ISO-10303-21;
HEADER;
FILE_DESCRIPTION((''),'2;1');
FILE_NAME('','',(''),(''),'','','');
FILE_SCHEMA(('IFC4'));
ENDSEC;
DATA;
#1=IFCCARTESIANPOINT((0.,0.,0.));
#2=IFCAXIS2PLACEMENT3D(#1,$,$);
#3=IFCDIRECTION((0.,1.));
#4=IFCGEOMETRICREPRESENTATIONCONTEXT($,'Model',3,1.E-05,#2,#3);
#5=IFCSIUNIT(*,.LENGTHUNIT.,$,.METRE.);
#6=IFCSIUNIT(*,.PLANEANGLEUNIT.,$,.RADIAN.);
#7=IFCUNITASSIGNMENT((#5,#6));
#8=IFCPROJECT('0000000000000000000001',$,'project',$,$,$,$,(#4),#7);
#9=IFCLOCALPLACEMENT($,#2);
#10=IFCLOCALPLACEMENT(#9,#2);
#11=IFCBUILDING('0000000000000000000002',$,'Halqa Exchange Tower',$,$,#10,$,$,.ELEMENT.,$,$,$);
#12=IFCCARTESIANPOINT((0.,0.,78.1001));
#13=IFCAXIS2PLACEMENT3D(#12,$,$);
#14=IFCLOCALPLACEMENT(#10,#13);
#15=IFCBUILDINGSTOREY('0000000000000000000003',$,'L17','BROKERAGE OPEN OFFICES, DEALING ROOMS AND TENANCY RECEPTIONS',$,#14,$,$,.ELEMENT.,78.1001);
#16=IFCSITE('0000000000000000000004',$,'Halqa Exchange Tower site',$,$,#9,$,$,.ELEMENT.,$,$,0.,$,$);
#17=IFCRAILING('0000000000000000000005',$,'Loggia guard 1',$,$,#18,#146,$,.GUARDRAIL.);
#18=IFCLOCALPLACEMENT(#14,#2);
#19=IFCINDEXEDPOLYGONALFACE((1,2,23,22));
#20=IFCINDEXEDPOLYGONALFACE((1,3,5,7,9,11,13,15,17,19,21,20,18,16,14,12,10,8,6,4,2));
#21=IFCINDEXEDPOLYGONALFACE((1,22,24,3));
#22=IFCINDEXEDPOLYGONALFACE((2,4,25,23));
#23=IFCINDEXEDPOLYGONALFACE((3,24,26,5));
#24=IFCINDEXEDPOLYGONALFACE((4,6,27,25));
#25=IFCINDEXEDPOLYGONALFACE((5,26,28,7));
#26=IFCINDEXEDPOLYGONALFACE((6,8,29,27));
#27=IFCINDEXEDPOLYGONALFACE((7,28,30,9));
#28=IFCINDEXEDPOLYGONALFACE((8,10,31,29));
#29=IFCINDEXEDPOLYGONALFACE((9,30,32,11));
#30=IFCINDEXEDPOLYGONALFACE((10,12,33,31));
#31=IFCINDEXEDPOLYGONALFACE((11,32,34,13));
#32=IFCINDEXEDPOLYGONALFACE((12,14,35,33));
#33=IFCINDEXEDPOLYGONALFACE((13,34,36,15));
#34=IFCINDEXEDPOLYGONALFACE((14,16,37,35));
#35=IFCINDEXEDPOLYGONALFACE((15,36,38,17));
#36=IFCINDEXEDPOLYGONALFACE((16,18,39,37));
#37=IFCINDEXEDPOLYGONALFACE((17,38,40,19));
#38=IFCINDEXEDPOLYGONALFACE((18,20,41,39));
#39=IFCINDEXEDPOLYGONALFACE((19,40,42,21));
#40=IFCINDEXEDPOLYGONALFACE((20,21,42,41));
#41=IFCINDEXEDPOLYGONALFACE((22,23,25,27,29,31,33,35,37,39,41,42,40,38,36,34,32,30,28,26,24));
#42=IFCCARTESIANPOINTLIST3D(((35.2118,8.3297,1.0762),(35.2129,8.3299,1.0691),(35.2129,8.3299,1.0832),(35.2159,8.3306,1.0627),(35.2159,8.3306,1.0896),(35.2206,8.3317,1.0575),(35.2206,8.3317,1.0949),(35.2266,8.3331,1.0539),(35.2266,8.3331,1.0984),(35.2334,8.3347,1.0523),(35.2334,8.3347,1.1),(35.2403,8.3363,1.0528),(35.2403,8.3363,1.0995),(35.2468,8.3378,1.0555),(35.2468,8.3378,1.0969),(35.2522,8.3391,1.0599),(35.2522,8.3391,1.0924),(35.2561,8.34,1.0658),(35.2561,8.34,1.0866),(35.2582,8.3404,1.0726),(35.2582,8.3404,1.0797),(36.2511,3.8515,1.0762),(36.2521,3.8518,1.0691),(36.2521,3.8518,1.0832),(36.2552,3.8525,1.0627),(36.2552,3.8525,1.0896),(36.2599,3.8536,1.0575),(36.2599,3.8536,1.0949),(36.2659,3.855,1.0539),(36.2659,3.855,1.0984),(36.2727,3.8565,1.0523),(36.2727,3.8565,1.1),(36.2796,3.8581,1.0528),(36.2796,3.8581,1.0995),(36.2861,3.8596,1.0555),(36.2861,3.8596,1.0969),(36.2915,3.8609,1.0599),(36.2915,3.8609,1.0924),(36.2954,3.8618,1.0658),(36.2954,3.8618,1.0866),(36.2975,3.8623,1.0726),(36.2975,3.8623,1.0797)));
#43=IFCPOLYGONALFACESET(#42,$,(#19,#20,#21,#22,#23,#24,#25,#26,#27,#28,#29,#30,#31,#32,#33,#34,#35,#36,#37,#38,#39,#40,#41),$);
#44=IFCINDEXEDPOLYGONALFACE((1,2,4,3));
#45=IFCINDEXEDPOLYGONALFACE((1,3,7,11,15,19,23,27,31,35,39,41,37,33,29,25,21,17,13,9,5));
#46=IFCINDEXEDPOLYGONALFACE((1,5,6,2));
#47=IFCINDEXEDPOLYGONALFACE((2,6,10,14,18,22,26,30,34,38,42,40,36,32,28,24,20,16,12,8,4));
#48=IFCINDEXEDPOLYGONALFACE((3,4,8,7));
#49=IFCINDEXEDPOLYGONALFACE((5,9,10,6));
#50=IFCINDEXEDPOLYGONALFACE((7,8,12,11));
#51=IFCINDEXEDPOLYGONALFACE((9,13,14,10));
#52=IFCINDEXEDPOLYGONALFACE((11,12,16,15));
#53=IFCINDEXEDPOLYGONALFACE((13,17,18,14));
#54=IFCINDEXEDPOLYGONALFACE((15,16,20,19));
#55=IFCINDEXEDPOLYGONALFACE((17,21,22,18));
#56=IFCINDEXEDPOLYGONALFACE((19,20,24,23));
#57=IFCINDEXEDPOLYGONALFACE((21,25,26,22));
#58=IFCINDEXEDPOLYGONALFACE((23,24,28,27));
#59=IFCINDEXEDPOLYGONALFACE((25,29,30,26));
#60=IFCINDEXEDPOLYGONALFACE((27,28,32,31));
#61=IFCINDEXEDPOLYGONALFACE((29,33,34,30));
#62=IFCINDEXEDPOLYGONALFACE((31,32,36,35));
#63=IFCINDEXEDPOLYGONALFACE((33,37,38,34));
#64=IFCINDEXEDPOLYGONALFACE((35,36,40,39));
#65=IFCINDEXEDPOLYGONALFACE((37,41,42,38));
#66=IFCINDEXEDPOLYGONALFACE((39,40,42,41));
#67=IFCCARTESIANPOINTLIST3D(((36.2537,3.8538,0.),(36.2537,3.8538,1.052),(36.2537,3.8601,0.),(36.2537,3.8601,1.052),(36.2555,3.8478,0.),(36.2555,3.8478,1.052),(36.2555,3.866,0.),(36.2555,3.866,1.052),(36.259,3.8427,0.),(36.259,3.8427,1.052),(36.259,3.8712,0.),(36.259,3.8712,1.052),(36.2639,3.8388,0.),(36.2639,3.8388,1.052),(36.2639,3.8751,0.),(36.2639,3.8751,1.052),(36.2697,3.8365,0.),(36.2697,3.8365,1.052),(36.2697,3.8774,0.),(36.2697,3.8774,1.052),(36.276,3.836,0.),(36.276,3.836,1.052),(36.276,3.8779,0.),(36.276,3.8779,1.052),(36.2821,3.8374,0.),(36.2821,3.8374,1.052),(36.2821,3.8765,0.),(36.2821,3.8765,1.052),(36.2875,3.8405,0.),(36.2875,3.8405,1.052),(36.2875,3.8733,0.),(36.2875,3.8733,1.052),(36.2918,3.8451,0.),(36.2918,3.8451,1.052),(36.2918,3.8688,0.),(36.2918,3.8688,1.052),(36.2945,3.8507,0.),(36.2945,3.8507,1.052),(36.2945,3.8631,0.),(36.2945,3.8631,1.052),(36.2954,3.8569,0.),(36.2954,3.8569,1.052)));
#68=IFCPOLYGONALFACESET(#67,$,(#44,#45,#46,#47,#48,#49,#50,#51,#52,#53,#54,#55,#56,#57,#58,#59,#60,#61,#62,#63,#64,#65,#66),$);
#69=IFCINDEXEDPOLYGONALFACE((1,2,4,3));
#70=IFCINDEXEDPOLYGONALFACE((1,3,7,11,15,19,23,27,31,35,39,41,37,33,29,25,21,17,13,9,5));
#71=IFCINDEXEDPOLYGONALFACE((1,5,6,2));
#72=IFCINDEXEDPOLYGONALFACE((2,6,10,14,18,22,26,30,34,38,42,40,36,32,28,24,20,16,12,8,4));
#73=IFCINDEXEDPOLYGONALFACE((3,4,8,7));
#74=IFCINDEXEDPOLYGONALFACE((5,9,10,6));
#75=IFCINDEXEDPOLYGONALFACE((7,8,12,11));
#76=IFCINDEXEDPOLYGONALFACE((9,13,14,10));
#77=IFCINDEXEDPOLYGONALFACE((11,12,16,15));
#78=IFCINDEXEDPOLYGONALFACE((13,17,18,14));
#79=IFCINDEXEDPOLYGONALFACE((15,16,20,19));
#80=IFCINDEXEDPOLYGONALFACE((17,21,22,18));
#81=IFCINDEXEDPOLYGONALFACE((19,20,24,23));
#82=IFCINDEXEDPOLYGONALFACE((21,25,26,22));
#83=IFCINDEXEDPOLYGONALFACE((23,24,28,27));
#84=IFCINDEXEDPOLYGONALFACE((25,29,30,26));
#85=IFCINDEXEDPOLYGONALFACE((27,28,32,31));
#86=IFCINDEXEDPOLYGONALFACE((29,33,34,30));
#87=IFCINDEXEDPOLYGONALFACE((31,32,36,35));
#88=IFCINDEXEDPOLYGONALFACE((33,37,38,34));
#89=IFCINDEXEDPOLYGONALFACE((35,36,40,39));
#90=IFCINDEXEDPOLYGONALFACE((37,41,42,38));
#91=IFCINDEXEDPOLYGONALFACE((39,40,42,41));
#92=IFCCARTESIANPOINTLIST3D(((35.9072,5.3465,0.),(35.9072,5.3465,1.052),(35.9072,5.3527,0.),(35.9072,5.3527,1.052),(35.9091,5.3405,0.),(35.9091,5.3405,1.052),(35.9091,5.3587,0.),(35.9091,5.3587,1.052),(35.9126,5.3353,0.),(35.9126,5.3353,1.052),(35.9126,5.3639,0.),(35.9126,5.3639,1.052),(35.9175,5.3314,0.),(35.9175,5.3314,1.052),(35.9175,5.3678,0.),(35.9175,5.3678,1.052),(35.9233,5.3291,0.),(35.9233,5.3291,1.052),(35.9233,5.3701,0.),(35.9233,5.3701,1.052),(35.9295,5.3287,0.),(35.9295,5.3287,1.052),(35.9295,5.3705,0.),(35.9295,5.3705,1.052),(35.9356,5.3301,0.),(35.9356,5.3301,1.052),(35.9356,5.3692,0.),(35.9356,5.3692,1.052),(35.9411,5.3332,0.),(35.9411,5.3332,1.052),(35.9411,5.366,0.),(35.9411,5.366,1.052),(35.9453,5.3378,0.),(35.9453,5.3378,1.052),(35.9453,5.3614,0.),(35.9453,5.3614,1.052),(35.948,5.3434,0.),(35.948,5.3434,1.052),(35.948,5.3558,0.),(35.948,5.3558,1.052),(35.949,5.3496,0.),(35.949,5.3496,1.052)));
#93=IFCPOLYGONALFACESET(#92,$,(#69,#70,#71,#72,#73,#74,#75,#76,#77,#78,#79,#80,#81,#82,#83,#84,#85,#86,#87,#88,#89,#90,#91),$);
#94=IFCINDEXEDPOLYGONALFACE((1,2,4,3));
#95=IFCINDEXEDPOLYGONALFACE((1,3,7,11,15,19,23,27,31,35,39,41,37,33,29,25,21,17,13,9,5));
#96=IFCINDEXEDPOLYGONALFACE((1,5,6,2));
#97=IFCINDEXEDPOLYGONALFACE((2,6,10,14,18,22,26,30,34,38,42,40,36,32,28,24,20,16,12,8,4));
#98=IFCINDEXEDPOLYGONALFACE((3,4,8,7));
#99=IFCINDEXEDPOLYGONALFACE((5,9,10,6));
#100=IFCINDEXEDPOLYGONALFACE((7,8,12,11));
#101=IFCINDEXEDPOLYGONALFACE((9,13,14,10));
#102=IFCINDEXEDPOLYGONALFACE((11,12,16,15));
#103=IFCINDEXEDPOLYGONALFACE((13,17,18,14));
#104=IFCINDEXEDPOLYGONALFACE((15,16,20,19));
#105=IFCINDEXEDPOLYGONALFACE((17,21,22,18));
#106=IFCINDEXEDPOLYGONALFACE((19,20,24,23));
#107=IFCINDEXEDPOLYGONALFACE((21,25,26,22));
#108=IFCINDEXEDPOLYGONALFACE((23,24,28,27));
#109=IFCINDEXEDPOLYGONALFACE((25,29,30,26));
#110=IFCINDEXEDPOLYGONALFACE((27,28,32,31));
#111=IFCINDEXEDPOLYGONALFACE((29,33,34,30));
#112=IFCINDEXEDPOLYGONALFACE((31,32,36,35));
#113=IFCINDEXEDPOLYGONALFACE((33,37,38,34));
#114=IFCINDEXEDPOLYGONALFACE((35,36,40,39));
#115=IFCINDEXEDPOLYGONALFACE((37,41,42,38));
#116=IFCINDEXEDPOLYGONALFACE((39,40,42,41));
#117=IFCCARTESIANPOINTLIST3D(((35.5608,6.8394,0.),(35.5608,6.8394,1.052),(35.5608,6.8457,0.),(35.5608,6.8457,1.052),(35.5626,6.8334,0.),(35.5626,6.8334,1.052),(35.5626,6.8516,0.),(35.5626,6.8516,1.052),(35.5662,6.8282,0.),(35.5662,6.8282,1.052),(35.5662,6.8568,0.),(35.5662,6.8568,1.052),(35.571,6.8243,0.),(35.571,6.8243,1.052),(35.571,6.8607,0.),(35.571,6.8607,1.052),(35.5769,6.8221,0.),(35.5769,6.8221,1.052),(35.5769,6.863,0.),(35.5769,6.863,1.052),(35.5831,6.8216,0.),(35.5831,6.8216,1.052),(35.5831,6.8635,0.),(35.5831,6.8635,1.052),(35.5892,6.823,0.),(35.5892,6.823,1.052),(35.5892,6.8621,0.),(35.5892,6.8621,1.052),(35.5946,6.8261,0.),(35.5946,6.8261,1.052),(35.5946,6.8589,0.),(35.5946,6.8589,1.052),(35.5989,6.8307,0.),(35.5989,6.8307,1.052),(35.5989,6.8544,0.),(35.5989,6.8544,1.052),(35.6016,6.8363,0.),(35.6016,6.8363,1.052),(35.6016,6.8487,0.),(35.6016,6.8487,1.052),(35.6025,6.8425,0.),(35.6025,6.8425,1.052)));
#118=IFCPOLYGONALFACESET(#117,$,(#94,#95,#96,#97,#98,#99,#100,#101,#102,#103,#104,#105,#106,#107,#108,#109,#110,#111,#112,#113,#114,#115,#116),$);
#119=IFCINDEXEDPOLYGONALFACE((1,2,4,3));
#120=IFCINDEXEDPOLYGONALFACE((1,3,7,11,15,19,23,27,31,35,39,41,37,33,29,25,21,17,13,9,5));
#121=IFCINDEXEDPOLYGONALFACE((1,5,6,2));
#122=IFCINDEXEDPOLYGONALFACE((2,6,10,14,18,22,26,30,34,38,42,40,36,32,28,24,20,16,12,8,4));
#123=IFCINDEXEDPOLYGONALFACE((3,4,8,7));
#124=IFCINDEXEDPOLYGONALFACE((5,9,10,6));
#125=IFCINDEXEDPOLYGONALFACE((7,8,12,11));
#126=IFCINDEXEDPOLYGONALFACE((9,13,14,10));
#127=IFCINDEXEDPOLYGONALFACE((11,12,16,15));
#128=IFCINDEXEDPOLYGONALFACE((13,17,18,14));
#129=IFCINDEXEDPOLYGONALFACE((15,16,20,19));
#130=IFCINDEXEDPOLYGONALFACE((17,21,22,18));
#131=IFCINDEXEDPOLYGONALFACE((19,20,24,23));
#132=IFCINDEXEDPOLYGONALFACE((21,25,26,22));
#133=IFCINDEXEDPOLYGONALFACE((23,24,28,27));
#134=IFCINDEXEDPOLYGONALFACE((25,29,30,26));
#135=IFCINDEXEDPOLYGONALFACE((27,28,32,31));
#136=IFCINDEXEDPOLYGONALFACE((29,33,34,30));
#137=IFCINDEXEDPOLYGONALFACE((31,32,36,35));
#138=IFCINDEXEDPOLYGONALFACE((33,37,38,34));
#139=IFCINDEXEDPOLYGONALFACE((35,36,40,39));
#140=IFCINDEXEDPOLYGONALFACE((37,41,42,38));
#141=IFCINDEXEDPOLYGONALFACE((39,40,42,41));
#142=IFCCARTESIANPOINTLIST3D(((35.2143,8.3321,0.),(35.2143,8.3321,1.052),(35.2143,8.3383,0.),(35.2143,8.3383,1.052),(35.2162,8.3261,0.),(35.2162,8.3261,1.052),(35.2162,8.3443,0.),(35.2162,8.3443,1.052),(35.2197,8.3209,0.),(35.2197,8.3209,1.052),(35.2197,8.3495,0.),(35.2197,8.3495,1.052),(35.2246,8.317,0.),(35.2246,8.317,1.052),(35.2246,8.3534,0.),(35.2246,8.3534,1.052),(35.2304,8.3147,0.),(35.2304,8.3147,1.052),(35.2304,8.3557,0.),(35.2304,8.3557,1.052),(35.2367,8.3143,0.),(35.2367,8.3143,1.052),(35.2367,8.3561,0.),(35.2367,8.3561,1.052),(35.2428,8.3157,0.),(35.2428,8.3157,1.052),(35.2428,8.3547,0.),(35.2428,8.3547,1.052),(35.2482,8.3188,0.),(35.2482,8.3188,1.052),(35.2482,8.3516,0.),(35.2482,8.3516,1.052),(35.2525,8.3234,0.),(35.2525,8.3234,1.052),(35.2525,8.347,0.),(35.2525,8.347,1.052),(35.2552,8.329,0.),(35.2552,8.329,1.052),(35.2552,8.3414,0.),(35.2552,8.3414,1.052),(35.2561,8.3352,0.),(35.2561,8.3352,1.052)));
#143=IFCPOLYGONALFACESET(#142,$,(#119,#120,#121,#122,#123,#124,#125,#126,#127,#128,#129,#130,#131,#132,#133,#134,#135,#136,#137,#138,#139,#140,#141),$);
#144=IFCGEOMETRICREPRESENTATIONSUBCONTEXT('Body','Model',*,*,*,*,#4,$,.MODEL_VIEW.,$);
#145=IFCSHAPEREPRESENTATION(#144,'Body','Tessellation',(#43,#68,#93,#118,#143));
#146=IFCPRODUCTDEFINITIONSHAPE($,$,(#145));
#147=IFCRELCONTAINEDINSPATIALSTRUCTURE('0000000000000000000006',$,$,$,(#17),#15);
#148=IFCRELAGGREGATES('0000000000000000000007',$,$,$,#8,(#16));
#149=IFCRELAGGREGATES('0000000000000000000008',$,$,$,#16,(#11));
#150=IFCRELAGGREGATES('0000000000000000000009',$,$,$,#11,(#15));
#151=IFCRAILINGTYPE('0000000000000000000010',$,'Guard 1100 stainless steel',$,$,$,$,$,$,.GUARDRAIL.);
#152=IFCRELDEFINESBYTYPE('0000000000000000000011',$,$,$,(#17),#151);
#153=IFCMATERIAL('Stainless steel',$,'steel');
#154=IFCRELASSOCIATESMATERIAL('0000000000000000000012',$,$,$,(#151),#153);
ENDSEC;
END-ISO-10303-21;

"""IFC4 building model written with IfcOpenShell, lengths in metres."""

from ifc_helpers import new_model, si_unit, direction, frame, origin, origin_2d, place, context, subcontext, project, spatial, circle, extrude, material, type_object, element, save


model = new_model("IFC4")

# Units and contexts
model_context = context("Model", 3, precision=1e-05, world=origin(), true_north=direction((0.0, 1.0)))
body_context = subcontext(model_context, "Body", "Model", "MODEL_VIEW")
ifc_project = project(units=[si_unit("LENGTHUNIT", "METRE"), si_unit("PLANEANGLEUNIT", "RADIAN")], contexts=[model_context])

# Site, building, storey
site_placement = place(None, origin())
site = spatial("IfcSite", under=ifc_project, at=site_placement, Name="Halqa Exchange Tower site", CompositionType="ELEMENT", RefElevation=0.0)
building_placement = place(site_placement, origin())
building = spatial("IfcBuilding", under=site, at=building_placement, Name="Halqa Exchange Tower", CompositionType="ELEMENT")
storey_placement = place(building_placement, frame((0.0, 0.0, 78.1001)))
storey = spatial("IfcBuildingStorey", under=building, at=storey_placement, Name="L17", Description="BROKERAGE OPEN OFFICES, DEALING ROOMS AND TENANCY RECEPTIONS", CompositionType="ELEMENT", Elevation=78.1001)

# Railing
ifc_material_1 = material(Name="Stainless steel", Category="steel")
railing_type = type_object("IfcRailingType", Name="Guard 1100 stainless steel", PredefinedType="GUARDRAIL", material=ifc_material_1)
railing_1_placement = place(storey_placement, frame((36.2744, 3.8569, 0.0)))
element("IfcRailing", 1, at=railing_1_placement, inside=storey, type_object=railing_type, Name="Loggia guard 1", PredefinedType="GUARDRAIL", context=body_context, shape_type="SweptSolid", body=[
    extrude(circle(Radius=0.0239, at=origin_2d()), frame((0.0, 0.0, 1.0762), z_axis=(-0.226069, 0.974111, 0.0), x_axis=(-0.974111, -0.226069, 0.0)), (0.0, 0.0, 1.0), 4.5972),
    extrude(circle(Radius=0.021, at=origin_2d()), origin(), (0.0, 0.0, 1.0), 1.052),
    extrude(circle(Radius=0.021, at=origin_2d()), frame((-0.3464, 1.4927, 0.0)), (0.0, 0.0, 1.0), 1.052),
    extrude(circle(Radius=0.021, at=origin_2d()), frame((-0.6929, 2.9856, 0.0)), (0.0, 0.0, 1.0), 1.052),
    extrude(circle(Radius=0.021, at=origin_2d()), frame((-1.0393, 4.4783, 0.0)), (0.0, 0.0, 1.0), 1.052),
])

save(model, "model.ifc")
